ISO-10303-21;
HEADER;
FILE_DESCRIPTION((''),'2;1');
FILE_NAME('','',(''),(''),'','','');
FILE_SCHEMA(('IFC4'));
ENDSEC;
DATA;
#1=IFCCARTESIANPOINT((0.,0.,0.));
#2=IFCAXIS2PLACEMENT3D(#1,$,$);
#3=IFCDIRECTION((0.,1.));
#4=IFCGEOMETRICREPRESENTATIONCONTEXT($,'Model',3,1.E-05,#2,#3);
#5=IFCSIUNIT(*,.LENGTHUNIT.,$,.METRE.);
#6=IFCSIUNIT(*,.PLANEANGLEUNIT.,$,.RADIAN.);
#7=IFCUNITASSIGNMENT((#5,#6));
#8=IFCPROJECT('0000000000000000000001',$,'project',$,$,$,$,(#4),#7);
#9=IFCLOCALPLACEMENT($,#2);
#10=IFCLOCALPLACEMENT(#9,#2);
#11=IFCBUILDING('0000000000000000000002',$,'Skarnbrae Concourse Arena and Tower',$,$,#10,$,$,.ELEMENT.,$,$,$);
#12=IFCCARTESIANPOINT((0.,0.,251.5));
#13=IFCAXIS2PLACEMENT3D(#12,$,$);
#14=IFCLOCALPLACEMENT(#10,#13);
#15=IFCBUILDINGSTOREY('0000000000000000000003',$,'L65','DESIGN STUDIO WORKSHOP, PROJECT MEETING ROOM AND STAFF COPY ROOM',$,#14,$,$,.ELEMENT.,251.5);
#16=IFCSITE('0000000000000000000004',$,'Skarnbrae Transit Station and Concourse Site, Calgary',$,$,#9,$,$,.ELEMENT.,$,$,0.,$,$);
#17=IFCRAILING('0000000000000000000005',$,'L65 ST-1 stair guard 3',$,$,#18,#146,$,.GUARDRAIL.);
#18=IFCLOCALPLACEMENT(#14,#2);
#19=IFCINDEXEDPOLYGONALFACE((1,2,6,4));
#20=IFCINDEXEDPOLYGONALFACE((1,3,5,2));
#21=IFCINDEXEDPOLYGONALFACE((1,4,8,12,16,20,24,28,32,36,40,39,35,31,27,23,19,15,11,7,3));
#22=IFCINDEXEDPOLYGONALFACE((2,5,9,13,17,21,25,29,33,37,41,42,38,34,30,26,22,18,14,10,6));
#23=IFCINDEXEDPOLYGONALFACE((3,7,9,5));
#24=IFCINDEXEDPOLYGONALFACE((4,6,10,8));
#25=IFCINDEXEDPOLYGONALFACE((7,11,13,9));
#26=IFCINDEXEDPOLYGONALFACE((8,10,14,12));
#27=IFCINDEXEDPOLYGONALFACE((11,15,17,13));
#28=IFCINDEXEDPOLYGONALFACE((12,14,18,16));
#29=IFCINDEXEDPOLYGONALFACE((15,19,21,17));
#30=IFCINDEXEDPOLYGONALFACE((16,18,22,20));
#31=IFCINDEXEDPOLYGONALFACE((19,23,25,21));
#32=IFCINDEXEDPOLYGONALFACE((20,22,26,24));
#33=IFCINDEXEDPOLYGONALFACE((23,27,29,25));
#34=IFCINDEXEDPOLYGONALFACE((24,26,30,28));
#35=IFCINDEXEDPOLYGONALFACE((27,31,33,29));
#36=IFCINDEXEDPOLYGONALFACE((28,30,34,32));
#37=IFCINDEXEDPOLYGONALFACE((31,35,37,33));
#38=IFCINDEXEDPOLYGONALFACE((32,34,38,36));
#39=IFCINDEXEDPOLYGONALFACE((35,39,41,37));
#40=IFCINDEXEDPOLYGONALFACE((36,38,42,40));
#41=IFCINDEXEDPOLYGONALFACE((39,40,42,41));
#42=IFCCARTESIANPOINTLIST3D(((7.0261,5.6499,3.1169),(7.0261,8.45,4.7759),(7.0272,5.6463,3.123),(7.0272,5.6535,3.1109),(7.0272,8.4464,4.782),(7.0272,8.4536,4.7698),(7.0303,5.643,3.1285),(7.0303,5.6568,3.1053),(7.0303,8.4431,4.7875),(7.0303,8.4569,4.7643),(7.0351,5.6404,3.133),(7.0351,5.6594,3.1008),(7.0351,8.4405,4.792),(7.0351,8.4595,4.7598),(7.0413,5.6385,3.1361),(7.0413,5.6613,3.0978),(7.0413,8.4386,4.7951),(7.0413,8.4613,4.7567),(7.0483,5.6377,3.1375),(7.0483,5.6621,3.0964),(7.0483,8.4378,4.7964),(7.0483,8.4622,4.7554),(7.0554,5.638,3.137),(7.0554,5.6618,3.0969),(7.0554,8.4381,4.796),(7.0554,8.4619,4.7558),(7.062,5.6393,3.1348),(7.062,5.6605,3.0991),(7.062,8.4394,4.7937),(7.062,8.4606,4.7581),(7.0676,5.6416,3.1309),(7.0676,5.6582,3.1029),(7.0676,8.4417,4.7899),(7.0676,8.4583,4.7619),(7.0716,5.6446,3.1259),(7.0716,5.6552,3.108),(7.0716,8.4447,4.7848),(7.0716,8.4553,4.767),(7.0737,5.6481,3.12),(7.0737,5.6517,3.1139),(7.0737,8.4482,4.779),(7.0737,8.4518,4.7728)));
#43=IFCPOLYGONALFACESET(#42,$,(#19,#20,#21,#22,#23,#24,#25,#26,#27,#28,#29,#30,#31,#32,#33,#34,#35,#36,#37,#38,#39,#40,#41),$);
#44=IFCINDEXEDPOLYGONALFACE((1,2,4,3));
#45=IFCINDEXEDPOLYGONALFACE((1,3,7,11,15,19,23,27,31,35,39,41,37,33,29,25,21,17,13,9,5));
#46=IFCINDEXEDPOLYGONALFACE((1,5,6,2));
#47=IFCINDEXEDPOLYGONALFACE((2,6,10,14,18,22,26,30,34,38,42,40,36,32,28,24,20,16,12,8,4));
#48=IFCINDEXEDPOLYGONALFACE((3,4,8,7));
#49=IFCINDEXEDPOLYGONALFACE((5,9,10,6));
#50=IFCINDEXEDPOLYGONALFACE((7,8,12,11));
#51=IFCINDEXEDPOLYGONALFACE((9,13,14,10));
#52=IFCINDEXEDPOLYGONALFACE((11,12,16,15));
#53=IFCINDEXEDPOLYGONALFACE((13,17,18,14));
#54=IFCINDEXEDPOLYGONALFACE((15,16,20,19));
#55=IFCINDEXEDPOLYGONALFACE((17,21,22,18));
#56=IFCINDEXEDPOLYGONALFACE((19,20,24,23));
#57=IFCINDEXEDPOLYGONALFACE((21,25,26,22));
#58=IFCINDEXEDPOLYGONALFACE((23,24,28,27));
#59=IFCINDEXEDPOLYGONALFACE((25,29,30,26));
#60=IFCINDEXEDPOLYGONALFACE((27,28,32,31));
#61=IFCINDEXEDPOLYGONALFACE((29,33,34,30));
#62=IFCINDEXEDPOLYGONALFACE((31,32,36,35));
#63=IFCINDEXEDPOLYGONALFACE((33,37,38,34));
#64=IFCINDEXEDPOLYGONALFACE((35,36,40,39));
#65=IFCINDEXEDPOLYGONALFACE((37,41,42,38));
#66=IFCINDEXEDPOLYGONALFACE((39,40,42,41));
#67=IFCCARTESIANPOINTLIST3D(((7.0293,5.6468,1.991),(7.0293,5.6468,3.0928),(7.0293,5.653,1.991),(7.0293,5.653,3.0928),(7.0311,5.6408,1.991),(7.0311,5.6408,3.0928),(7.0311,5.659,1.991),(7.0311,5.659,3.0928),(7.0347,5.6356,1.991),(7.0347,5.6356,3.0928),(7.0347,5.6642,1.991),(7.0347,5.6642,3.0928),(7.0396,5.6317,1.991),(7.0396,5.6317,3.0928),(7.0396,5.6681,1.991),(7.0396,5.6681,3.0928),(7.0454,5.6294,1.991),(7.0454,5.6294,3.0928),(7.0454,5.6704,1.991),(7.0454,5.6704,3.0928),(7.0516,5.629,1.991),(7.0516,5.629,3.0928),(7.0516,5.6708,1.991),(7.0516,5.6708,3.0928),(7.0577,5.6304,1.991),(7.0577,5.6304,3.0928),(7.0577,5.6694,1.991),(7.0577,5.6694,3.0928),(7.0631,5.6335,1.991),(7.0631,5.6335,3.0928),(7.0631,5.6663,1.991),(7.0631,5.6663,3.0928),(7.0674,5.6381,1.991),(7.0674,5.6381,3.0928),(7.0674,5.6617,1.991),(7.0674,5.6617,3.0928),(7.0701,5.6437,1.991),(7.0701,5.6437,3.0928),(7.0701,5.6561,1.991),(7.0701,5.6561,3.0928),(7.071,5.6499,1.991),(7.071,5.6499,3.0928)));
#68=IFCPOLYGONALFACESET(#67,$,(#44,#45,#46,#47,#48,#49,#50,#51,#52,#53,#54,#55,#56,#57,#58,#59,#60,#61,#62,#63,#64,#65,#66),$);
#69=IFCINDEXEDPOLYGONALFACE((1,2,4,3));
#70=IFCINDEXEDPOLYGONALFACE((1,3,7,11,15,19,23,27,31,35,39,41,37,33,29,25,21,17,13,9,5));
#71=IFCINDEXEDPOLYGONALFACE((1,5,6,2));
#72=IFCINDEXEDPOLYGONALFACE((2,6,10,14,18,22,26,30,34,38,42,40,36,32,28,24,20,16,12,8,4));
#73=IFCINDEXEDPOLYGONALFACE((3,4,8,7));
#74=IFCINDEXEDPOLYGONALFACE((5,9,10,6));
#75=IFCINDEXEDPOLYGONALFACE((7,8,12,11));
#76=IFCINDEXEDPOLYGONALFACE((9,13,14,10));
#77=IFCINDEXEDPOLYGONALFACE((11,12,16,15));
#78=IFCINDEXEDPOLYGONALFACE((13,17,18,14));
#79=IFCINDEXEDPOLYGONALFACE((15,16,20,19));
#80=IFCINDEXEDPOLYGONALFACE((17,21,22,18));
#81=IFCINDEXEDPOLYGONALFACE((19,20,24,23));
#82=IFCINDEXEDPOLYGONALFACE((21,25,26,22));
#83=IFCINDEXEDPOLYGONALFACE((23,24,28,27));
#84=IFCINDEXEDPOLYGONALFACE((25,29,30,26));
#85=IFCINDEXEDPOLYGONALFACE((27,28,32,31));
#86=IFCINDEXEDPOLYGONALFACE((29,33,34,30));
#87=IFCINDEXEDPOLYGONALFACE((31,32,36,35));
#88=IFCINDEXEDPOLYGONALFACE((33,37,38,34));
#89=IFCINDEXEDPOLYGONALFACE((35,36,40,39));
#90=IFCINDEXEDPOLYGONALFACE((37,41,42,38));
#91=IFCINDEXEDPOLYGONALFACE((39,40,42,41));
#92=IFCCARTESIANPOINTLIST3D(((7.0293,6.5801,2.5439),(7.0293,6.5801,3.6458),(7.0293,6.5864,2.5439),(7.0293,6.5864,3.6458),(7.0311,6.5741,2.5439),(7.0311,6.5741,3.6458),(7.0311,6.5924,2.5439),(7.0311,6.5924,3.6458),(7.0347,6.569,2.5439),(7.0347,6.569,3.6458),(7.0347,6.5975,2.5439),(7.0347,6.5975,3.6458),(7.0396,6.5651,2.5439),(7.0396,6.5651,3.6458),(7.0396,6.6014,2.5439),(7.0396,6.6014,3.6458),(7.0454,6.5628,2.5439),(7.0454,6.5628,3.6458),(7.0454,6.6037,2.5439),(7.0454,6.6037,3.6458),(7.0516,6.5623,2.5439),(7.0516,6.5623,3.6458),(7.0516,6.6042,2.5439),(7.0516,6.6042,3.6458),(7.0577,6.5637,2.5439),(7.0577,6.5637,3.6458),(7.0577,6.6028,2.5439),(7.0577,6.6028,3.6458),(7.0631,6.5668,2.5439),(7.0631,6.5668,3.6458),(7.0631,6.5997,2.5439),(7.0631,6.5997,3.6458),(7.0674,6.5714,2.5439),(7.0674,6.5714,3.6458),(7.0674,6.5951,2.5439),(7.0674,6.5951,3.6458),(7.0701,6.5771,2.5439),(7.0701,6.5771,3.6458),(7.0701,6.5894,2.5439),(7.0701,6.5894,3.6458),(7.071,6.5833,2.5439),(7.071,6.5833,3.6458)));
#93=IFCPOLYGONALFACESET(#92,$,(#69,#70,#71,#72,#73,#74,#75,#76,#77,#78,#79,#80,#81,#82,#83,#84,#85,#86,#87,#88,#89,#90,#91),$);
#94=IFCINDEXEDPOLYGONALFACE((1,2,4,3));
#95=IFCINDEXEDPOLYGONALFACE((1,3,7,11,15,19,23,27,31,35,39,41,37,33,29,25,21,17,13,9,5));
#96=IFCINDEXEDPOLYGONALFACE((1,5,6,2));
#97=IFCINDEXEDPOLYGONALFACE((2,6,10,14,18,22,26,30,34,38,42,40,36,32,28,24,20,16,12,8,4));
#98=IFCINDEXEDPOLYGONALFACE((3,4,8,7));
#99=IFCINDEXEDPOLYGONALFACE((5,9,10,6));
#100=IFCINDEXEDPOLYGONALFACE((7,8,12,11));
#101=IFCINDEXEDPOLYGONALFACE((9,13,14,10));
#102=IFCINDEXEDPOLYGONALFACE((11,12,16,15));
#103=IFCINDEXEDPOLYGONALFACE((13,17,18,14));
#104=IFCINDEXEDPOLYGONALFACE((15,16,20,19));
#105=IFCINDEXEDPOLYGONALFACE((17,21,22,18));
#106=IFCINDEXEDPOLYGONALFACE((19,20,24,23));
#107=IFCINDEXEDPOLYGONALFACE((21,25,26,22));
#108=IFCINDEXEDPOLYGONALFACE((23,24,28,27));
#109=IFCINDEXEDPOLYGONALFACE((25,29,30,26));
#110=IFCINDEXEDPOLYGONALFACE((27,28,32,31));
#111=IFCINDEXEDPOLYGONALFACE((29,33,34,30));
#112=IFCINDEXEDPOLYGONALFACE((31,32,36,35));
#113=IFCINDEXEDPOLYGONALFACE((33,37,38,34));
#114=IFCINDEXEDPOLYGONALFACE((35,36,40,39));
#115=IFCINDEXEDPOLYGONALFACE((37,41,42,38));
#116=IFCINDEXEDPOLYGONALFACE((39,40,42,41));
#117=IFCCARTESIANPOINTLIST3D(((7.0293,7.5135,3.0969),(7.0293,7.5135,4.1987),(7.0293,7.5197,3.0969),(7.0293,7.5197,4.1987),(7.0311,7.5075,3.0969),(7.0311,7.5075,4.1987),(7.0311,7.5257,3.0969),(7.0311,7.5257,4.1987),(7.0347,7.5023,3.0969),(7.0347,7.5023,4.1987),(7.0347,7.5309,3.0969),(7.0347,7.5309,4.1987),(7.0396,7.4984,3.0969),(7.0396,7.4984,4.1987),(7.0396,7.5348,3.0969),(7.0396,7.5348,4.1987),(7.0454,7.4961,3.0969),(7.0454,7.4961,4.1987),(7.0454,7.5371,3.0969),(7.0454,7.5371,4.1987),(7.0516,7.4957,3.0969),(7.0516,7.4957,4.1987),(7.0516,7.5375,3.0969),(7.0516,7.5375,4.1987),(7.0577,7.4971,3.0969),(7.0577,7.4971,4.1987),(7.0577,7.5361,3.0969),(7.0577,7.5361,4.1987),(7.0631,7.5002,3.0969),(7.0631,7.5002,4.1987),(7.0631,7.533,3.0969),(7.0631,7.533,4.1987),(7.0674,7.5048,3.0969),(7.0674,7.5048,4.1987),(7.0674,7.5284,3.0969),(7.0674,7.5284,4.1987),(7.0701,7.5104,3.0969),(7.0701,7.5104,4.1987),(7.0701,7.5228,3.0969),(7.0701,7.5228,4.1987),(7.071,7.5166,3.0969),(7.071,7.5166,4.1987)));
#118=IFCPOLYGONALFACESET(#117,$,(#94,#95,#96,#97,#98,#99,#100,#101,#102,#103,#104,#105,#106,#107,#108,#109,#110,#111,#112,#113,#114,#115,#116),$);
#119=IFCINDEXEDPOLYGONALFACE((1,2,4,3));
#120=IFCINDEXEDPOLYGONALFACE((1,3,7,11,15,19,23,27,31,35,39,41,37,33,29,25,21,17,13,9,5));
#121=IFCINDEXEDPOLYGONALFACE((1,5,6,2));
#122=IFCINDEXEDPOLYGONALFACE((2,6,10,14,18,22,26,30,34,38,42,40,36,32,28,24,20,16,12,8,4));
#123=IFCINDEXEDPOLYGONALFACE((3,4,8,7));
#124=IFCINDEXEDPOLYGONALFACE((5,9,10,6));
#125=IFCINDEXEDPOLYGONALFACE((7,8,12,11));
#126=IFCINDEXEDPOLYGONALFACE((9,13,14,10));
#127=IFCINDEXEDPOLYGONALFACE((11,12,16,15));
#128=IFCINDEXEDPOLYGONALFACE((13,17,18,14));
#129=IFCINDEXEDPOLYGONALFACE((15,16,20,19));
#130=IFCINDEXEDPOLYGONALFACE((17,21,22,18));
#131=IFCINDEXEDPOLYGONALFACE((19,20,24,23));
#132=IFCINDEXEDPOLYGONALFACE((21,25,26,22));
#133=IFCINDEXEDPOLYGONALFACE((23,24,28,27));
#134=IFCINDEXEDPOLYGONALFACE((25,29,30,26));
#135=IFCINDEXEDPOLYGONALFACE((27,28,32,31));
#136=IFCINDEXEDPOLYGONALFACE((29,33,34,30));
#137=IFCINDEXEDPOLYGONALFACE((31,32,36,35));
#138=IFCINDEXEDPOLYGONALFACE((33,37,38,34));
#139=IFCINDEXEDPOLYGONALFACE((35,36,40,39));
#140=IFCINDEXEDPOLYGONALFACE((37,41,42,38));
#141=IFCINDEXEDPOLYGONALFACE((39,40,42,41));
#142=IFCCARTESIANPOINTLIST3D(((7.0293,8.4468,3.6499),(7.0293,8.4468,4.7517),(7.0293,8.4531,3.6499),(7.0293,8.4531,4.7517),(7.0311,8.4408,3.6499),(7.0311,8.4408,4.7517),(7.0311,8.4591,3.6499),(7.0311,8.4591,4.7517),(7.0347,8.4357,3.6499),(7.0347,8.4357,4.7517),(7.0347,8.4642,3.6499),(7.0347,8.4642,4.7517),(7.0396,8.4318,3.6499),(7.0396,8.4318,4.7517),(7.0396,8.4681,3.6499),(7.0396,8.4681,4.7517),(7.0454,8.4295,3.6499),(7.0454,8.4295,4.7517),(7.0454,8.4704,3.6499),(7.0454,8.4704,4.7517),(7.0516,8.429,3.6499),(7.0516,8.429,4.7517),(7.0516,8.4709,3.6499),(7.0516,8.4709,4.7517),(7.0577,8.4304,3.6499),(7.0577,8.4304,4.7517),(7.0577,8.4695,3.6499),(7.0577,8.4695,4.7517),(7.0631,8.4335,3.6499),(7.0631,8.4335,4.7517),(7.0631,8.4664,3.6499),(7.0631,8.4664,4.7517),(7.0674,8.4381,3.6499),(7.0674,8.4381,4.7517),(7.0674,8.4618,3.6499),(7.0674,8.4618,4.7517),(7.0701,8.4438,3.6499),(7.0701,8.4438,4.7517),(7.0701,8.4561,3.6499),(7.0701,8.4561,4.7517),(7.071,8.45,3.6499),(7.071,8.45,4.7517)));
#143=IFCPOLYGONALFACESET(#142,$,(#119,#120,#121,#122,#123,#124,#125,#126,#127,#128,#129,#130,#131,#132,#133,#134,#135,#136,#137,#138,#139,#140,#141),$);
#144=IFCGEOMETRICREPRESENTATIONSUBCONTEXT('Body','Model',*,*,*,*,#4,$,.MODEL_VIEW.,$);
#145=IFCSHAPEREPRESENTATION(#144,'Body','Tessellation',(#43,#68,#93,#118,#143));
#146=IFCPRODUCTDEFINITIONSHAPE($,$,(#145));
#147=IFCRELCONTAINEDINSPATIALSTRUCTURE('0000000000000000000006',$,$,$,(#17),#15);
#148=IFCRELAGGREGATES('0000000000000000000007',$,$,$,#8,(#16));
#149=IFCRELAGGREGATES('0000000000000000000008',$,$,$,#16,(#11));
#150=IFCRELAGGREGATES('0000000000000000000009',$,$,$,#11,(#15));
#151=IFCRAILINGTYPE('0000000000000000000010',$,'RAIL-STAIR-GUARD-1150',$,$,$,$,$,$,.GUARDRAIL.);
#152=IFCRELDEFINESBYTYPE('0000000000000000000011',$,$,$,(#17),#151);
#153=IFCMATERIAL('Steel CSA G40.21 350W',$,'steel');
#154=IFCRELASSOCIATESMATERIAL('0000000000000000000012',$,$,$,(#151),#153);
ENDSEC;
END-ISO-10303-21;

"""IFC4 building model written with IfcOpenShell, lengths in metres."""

from ifc_helpers import new_model, si_unit, direction, frame, origin, origin_2d, place, context, subcontext, project, spatial, circle, extrude, material, type_object, element, save


model = new_model("IFC4")

# Units and contexts
model_context = context("Model", 3, precision=1e-05, world=origin(), true_north=direction((0.0, 1.0)))
body_context = subcontext(model_context, "Body", "Model", "MODEL_VIEW")
ifc_project = project(units=[si_unit("LENGTHUNIT", "METRE"), si_unit("PLANEANGLEUNIT", "RADIAN")], contexts=[model_context])

# Site, building, storey
site_placement = place(None, origin())
site = spatial("IfcSite", under=ifc_project, at=site_placement, Name="Skarnbrae Transit Station and Concourse Site, Calgary", CompositionType="ELEMENT", RefElevation=0.0)
building_placement = place(site_placement, origin())
building = spatial("IfcBuilding", under=site, at=building_placement, Name="Skarnbrae Concourse Arena and Tower", CompositionType="ELEMENT")
storey_placement = place(building_placement, frame((0.0, 0.0, 251.5)))
storey = spatial("IfcBuildingStorey", under=building, at=storey_placement, Name="L65", Description="DESIGN STUDIO WORKSHOP, PROJECT MEETING ROOM AND STAFF COPY ROOM", CompositionType="ELEMENT", Elevation=251.5)

# Shared definitions
ifc_material_1 = material(Name="Steel CSA G40.21 350W", Category="steel")

# Railing
railing_type_1 = type_object("IfcRailingType", Name="RAIL-STAIR-GUARD-1150", PredefinedType="GUARDRAIL", material=ifc_material_1)
railing_1_placement = place(storey_placement, frame((7.05, 5.6499, 1.991)))
element("IfcRailing", 1, at=railing_1_placement, inside=storey, type_object=railing_type_1, Name="L65 ST-1 stair guard 3", PredefinedType="GUARDRAIL", context=body_context, shape_type="SweptSolid", body=[
    extrude(circle(Radius=0.0239, at=origin_2d()), frame((0.0, 0.0, 1.126), z_axis=(0.0, 0.860339, 0.509722), x_axis=(-1.0, 0.0, 0.0)), (0.0, 0.0, 1.0), 3.2546),
    extrude(circle(Radius=0.021, at=origin_2d()), origin(), (0.0, 0.0, 1.0), 1.1018),
    extrude(circle(Radius=0.021, at=origin_2d()), frame((0.0, 0.9333, 0.553)), (0.0, 0.0, 1.0), 1.1018),
    extrude(circle(Radius=0.021, at=origin_2d()), frame((0.0, 1.8667, 1.106)), (0.0, 0.0, 1.0), 1.1018),
    extrude(circle(Radius=0.021, at=origin_2d()), frame((0.0, 2.8, 1.6589)), (0.0, 0.0, 1.0), 1.1018),
])

save(model, "model.ifc")
